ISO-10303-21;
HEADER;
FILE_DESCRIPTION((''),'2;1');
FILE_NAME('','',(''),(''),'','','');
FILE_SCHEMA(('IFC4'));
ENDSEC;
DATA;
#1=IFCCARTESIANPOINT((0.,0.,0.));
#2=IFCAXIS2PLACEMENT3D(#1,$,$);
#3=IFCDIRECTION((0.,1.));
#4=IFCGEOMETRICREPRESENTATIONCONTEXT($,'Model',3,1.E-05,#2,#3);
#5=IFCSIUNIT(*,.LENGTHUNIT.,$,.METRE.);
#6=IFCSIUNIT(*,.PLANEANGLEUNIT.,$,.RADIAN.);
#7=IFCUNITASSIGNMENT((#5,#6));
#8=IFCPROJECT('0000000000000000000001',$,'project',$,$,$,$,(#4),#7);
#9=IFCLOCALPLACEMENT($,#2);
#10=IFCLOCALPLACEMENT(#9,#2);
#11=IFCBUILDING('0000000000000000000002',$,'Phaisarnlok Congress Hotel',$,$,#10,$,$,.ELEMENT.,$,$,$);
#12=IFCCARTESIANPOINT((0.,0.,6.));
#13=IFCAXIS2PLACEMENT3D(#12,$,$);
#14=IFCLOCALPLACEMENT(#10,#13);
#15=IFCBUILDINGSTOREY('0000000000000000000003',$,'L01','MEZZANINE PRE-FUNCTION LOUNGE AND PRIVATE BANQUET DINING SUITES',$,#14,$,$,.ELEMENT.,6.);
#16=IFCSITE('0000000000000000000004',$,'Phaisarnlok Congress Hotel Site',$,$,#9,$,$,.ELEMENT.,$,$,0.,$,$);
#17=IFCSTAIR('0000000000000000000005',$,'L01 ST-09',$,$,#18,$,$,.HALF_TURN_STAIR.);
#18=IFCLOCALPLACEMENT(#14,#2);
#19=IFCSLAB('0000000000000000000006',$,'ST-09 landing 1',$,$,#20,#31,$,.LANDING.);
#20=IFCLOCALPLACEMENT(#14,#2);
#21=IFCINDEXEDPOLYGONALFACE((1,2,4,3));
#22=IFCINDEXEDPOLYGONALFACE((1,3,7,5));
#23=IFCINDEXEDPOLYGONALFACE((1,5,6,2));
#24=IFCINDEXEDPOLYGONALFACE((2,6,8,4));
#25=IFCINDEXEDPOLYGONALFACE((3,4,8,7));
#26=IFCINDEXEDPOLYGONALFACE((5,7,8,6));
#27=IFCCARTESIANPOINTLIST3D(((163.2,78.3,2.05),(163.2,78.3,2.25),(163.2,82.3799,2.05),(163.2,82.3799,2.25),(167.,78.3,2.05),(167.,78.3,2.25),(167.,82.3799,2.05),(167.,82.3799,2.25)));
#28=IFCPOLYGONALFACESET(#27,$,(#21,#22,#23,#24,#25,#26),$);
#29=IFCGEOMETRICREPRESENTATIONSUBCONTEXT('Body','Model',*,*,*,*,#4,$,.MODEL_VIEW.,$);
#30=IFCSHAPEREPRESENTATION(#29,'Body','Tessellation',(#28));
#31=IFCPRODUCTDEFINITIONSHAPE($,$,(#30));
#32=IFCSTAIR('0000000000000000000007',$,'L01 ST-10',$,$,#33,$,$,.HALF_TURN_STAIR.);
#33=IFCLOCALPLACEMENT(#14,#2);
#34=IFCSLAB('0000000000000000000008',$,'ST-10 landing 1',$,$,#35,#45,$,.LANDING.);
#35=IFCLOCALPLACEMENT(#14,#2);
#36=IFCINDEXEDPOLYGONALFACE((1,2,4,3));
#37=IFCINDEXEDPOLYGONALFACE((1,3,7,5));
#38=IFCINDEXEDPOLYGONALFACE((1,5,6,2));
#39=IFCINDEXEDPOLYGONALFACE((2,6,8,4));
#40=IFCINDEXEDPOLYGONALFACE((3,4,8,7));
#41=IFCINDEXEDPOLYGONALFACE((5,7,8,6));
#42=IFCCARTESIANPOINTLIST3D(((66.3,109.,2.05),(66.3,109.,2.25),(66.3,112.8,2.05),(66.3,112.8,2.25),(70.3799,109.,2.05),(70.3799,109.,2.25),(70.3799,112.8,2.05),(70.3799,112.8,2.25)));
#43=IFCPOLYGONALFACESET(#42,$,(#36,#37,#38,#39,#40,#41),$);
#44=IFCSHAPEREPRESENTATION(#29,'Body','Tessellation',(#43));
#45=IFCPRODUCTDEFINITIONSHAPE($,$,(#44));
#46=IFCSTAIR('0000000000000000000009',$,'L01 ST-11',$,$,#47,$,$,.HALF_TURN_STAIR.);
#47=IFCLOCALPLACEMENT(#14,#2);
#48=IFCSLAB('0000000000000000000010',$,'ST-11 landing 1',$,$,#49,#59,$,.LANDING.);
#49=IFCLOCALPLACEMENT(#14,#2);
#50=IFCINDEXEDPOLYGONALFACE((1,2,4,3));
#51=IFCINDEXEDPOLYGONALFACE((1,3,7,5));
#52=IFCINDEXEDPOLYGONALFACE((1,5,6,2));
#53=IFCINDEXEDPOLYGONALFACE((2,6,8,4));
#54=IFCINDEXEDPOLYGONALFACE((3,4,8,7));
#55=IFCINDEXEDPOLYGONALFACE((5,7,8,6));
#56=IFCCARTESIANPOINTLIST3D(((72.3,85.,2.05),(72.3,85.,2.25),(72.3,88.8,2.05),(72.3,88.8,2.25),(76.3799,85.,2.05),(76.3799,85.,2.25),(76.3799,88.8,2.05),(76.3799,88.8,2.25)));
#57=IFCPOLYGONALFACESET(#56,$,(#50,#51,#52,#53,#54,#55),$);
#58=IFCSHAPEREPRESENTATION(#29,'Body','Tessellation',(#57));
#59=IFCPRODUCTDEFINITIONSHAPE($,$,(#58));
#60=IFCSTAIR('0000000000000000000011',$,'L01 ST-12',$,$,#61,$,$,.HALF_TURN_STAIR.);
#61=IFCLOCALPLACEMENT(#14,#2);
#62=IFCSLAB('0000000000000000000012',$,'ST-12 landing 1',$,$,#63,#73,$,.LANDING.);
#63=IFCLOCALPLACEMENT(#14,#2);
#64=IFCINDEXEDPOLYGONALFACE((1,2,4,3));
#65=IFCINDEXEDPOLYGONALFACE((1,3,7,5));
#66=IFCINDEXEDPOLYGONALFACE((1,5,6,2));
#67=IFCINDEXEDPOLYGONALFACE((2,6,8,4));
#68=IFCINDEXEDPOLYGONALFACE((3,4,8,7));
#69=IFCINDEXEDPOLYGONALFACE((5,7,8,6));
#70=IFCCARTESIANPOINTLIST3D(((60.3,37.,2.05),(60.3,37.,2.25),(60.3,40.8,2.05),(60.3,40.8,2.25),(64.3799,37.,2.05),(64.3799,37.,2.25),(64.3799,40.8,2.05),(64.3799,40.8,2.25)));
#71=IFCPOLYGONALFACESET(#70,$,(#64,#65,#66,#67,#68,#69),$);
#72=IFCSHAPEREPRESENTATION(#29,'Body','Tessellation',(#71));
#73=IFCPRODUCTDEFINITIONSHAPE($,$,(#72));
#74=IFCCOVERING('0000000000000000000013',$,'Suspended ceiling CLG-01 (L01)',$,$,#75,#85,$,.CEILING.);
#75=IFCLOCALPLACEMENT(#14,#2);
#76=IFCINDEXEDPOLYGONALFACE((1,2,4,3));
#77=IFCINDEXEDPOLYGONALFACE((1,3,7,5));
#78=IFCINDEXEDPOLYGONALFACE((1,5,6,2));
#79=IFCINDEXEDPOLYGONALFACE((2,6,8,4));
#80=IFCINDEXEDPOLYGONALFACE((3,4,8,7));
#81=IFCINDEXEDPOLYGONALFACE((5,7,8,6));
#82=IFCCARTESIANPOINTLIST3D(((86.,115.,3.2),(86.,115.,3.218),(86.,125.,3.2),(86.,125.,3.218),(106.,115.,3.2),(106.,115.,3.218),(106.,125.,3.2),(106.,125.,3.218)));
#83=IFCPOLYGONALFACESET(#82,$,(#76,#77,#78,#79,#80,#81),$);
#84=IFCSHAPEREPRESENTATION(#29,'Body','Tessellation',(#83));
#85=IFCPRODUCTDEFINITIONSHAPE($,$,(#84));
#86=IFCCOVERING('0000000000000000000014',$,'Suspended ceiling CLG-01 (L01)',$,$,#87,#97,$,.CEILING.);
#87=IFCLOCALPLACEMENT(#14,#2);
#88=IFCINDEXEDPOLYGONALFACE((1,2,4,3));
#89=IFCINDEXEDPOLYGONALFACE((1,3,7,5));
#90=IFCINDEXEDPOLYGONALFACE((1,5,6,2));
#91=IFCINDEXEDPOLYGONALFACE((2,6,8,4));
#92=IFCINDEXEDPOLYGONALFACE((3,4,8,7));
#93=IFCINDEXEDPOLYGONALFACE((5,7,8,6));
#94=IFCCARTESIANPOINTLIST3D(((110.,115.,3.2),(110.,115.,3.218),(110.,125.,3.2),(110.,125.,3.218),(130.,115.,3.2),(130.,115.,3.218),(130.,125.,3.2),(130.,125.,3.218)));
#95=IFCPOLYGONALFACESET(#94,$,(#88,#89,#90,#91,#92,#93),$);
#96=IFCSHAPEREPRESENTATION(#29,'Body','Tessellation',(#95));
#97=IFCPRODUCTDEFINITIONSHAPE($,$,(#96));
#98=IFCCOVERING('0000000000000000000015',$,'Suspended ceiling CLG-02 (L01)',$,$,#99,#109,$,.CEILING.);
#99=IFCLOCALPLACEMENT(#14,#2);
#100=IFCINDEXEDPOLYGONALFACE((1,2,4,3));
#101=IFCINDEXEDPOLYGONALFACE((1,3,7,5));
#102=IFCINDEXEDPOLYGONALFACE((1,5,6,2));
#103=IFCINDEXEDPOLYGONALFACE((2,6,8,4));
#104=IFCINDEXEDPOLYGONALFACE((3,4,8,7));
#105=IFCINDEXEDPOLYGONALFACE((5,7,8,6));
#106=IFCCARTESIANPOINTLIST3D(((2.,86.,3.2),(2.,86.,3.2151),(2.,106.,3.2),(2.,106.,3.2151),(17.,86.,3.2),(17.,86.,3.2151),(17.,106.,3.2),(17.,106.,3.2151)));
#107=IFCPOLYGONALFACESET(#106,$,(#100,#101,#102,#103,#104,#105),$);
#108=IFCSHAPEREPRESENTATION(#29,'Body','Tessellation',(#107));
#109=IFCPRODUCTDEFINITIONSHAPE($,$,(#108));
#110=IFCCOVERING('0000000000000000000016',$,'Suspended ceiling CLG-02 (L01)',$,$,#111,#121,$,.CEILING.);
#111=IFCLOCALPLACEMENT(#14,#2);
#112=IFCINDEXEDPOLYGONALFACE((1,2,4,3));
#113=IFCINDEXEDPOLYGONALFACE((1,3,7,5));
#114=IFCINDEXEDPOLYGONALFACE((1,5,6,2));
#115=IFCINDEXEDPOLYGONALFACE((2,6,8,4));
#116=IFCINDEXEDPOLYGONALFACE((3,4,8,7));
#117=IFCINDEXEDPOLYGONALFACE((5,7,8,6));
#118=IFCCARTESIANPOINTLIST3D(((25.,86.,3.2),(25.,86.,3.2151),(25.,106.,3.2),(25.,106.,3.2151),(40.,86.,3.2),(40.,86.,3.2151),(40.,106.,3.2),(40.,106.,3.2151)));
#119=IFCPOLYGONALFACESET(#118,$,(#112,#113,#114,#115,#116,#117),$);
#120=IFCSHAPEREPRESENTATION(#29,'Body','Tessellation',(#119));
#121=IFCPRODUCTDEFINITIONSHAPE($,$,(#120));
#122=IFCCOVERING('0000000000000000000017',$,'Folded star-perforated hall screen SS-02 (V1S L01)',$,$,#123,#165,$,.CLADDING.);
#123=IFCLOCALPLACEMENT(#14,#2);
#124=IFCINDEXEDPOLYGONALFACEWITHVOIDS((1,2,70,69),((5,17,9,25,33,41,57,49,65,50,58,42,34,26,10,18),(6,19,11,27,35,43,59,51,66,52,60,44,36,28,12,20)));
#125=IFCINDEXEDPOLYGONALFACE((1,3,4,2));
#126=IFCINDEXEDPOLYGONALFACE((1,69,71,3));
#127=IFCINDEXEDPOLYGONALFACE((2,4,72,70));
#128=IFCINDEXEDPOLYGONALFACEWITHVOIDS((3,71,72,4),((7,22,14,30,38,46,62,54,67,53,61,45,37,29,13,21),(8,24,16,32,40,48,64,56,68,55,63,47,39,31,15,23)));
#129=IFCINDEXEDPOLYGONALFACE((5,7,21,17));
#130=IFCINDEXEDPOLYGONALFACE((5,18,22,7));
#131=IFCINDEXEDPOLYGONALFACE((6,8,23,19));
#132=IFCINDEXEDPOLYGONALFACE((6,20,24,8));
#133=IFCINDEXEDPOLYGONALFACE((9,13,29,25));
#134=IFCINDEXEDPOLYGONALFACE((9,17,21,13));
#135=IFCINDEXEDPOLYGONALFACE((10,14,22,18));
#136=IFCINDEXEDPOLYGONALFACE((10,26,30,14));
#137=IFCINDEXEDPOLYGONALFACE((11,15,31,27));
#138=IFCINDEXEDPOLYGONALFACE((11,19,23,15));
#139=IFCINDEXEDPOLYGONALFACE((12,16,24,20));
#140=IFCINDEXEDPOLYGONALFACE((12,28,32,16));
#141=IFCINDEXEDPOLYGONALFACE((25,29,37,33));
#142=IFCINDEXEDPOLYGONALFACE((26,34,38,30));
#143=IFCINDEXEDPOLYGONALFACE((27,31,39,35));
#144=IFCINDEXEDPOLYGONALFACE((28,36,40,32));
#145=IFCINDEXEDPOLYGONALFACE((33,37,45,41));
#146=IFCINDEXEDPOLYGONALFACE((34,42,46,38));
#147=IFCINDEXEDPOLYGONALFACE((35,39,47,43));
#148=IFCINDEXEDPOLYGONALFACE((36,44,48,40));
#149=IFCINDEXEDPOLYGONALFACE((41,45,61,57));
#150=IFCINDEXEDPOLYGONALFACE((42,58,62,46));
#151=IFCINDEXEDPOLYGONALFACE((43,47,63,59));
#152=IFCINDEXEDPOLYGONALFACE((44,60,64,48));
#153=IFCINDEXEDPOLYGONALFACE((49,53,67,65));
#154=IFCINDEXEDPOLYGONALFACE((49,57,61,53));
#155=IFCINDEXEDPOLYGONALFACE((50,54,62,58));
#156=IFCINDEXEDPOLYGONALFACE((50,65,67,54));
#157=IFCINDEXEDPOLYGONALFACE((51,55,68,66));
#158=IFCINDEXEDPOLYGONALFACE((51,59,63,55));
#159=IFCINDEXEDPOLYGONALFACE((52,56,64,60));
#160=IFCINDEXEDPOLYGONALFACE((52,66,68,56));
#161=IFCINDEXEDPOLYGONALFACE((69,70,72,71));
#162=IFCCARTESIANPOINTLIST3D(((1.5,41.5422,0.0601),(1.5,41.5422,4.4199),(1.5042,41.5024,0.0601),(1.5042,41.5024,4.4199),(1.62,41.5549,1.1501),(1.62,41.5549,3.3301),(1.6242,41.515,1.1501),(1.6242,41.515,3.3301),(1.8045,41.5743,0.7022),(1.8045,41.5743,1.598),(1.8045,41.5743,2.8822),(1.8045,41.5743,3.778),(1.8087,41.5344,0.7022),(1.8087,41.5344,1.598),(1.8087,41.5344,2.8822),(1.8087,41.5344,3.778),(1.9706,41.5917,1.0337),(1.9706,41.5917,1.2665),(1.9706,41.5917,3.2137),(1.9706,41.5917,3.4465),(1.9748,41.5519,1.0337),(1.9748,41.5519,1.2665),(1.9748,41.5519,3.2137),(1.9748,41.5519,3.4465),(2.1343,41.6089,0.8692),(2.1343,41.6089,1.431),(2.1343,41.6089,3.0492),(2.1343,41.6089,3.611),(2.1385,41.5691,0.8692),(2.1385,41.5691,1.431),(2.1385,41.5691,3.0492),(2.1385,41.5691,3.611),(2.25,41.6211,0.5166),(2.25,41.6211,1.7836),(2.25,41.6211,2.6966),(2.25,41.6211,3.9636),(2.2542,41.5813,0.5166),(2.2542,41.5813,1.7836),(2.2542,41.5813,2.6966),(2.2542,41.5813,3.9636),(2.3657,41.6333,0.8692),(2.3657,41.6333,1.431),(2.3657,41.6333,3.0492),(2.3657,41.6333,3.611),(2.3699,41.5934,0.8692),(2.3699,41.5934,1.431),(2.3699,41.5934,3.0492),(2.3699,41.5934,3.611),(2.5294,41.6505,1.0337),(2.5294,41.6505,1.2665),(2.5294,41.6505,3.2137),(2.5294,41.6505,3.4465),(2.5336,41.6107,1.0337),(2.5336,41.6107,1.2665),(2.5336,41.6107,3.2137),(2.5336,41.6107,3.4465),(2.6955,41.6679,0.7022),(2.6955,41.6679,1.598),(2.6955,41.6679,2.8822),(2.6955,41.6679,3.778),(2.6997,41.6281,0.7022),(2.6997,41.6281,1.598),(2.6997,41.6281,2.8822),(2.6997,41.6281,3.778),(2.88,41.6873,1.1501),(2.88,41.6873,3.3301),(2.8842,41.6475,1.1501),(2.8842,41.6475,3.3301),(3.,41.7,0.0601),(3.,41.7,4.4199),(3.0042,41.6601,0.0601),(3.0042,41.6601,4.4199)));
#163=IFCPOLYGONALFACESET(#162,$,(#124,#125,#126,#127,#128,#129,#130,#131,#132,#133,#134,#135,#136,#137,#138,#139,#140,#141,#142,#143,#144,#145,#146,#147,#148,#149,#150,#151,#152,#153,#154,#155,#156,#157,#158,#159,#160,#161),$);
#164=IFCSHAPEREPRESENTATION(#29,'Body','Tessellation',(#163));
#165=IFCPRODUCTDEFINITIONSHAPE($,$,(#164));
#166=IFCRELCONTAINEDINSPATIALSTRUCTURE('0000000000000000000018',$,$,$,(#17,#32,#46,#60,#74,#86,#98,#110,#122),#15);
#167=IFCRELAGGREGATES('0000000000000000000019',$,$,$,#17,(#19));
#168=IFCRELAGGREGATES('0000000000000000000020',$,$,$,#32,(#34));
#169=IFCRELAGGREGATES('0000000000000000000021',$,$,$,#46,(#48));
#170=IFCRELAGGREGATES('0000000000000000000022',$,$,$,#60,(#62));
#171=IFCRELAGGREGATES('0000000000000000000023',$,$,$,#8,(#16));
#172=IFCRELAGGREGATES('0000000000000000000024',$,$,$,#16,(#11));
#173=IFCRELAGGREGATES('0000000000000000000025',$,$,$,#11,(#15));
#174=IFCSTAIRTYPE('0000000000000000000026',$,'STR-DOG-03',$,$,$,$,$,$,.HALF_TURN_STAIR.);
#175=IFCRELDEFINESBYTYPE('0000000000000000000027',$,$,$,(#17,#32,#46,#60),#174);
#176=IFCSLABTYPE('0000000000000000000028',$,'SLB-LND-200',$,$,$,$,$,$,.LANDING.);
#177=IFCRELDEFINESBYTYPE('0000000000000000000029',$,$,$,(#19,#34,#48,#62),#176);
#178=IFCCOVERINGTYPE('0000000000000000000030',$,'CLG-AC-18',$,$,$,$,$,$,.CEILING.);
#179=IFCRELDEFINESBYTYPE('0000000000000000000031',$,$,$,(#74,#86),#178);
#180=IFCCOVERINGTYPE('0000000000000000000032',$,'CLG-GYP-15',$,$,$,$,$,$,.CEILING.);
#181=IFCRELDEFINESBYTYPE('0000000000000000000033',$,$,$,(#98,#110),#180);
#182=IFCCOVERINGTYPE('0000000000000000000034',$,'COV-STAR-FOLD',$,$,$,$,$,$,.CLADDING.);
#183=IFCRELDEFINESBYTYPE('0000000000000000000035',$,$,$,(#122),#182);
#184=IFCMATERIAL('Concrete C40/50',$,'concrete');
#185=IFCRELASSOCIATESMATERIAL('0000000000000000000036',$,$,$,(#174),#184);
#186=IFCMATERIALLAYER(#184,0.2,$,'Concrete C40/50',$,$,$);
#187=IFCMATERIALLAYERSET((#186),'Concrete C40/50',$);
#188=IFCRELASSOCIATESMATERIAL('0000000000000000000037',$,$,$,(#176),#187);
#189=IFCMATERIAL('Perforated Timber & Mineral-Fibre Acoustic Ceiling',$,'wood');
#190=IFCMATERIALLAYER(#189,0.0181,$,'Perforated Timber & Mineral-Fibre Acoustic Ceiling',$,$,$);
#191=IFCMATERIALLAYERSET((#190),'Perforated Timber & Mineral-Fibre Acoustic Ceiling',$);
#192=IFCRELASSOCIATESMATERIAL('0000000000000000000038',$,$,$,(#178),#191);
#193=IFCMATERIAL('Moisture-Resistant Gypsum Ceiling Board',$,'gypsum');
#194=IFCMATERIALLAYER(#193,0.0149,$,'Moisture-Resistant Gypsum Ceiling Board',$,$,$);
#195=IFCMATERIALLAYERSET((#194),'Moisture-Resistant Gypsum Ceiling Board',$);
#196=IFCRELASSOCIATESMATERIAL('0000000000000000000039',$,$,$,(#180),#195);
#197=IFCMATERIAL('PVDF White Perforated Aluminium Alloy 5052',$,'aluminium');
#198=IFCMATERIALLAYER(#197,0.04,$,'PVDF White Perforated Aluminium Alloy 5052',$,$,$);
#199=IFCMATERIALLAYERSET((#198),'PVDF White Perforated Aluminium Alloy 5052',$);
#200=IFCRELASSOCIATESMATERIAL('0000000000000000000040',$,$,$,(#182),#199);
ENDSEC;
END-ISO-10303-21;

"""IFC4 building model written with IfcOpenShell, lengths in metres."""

from ifc_helpers import new_model, si_unit, direction, frame, origin, place, context, subcontext, project, spatial, polyline, outline, extrude, material, layer, layer_set, type_object, element, aggregate, save


model = new_model("IFC4")

# Units and contexts
model_context = context("Model", 3, precision=1e-05, world=origin(), true_north=direction((0.0, 1.0)))
body_context = subcontext(model_context, "Body", "Model", "MODEL_VIEW")
ifc_project = project(units=[si_unit("LENGTHUNIT", "METRE"), si_unit("PLANEANGLEUNIT", "RADIAN")], contexts=[model_context])

# Site, building, storey
site_placement = place(None, origin())
site = spatial("IfcSite", under=ifc_project, at=site_placement, Name="Phaisarnlok Congress Hotel Site", CompositionType="ELEMENT", RefElevation=0.0)
building_placement = place(site_placement, origin())
building = spatial("IfcBuilding", under=site, at=building_placement, Name="Phaisarnlok Congress Hotel", CompositionType="ELEMENT")
storey_placement = place(building_placement, frame((0.0, 0.0, 6.0)))
storey = spatial("IfcBuildingStorey", under=building, at=storey_placement, Name="L01", Description="MEZZANINE PRE-FUNCTION LOUNGE AND PRIVATE BANQUET DINING SUITES", CompositionType="ELEMENT", Elevation=6.0)

# Stairs, slabs
ifc_material_1 = material(Name="Concrete C40/50", Category="concrete")
stair_type = type_object("IfcStairType", Name="STR-DOG-03", PredefinedType="HALF_TURN_STAIR", material=ifc_material_1)
ifc_layer_1 = layer(ifc_material_1, 0.2, Name="Concrete C40/50")
ifc_layer_set_1 = layer_set([ifc_layer_1], Name="Concrete C40/50")
slab_type = type_object("IfcSlabType", Name="SLB-LND-200", PredefinedType="LANDING", material=ifc_layer_set_1)
stair_1_placement = place(storey_placement, origin())
stair_1 = element("IfcStair", 1, at=stair_1_placement, inside=storey, type_object=stair_type, Name="L01 ST-09", PredefinedType="HALF_TURN_STAIR")
slab_1_placement = place(storey_placement, frame((0.0, 0.0, 2.05)))
slab_1 = element("IfcSlab", 2, at=slab_1_placement, type_object=slab_type, Name="ST-09 landing 1", PredefinedType="LANDING", context=body_context, shape_type="SweptSolid", body=[
    extrude(outline(polyline([(163.2, 82.3799), (163.2, 78.3), (167.0, 78.3), (167.0, 82.3799), (163.2, 82.3799)])), origin(), (0.0, 0.0, 1.0), 0.2),
])
aggregate(stair_1, [slab_1])
stair_2_placement = place(storey_placement, origin())
stair_2 = element("IfcStair", 3, at=stair_2_placement, inside=storey, type_object=stair_type, Name="L01 ST-10", PredefinedType="HALF_TURN_STAIR")
slab_2_placement = place(storey_placement, frame((0.0, 0.0, 2.05)))
slab_2 = element("IfcSlab", 4, at=slab_2_placement, type_object=slab_type, Name="ST-10 landing 1", PredefinedType="LANDING", context=body_context, shape_type="SweptSolid", body=[
    extrude(outline(polyline([(70.3799, 112.8), (66.3, 112.8), (66.3, 109.0), (70.3799, 109.0), (70.3799, 112.8)])), origin(), (0.0, 0.0, 1.0), 0.2),
])
aggregate(stair_2, [slab_2])
stair_3_placement = place(storey_placement, origin())
stair_3 = element("IfcStair", 5, at=stair_3_placement, inside=storey, type_object=stair_type, Name="L01 ST-11", PredefinedType="HALF_TURN_STAIR")
slab_3_placement = place(storey_placement, frame((0.0, 0.0, 2.05)))
slab_3 = element("IfcSlab", 6, at=slab_3_placement, type_object=slab_type, Name="ST-11 landing 1", PredefinedType="LANDING", context=body_context, shape_type="SweptSolid", body=[
    extrude(outline(polyline([(76.3799, 88.8), (72.3, 88.8), (72.3, 85.0), (76.3799, 85.0), (76.3799, 88.8)])), origin(), (0.0, 0.0, 1.0), 0.2),
])
aggregate(stair_3, [slab_3])
stair_4_placement = place(storey_placement, origin())
stair_4 = element("IfcStair", 7, at=stair_4_placement, inside=storey, type_object=stair_type, Name="L01 ST-12", PredefinedType="HALF_TURN_STAIR")
slab_4_placement = place(storey_placement, frame((0.0, 0.0, 2.05)))
slab_4 = element("IfcSlab", 8, at=slab_4_placement, type_object=slab_type, Name="ST-12 landing 1", PredefinedType="LANDING", context=body_context, shape_type="SweptSolid", body=[
    extrude(outline(polyline([(64.3799, 40.8), (60.3, 40.8), (60.3, 37.0), (64.3799, 37.0), (64.3799, 40.8)])), origin(), (0.0, 0.0, 1.0), 0.2),
])
aggregate(stair_4, [slab_4])

# Coverings
ifc_material_2 = material(Name="Perforated Timber & Mineral-Fibre Acoustic Ceiling", Category="wood")
ifc_layer_2 = layer(ifc_material_2, 0.0181, Name="Perforated Timber & Mineral-Fibre Acoustic Ceiling")
ifc_layer_set_2 = layer_set([ifc_layer_2], Name="Perforated Timber & Mineral-Fibre Acoustic Ceiling")
covering_type_1 = type_object("IfcCoveringType", Name="CLG-AC-18", PredefinedType="CEILING", material=ifc_layer_set_2)
covering_1_placement = place(storey_placement, frame((0.0, 0.0, 3.2)))
element("IfcCovering", 9, at=covering_1_placement, inside=storey, type_object=covering_type_1, Name="Suspended ceiling CLG-01 (L01)", PredefinedType="CEILING", context=body_context, shape_type="SweptSolid", body=[
    extrude(outline(polyline([(106.0, 125.0), (106.0, 115.0), (86.0, 115.0), (86.0, 125.0), (106.0, 125.0)])), origin(), (0.0, 0.0, 1.0), 0.0181),
])
covering_2_placement = place(storey_placement, frame((0.0, 0.0, 3.2)))
element("IfcCovering", 10, at=covering_2_placement, inside=storey, type_object=covering_type_1, Name="Suspended ceiling CLG-01 (L01)", PredefinedType="CEILING", context=body_context, shape_type="SweptSolid", body=[
    extrude(outline(polyline([(130.0, 125.0), (130.0, 115.0), (110.0, 115.0), (110.0, 125.0), (130.0, 125.0)])), origin(), (0.0, 0.0, 1.0), 0.0181),
])
ifc_material_3 = material(Name="Moisture-Resistant Gypsum Ceiling Board", Category="gypsum")
ifc_layer_3 = layer(ifc_material_3, 0.0149, Name="Moisture-Resistant Gypsum Ceiling Board")
ifc_layer_set_3 = layer_set([ifc_layer_3], Name="Moisture-Resistant Gypsum Ceiling Board")
covering_type_2 = type_object("IfcCoveringType", Name="CLG-GYP-15", PredefinedType="CEILING", material=ifc_layer_set_3)
covering_3_placement = place(storey_placement, frame((0.0, 0.0, 3.2)))
element("IfcCovering", 11, at=covering_3_placement, inside=storey, type_object=covering_type_2, Name="Suspended ceiling CLG-02 (L01)", PredefinedType="CEILING", context=body_context, shape_type="SweptSolid", body=[
    extrude(outline(polyline([(17.0, 106.0), (17.0, 86.0), (2.0, 86.0), (2.0, 106.0), (17.0, 106.0)])), origin(), (0.0, 0.0, 1.0), 0.0151),
])
covering_4_placement = place(storey_placement, frame((0.0, 0.0, 3.2)))
element("IfcCovering", 12, at=covering_4_placement, inside=storey, type_object=covering_type_2, Name="Suspended ceiling CLG-02 (L01)", PredefinedType="CEILING", context=body_context, shape_type="SweptSolid", body=[
    extrude(outline(polyline([(40.0, 106.0), (40.0, 86.0), (25.0, 86.0), (25.0, 106.0), (40.0, 106.0)])), origin(), (0.0, 0.0, 1.0), 0.0151),
])
ifc_material_4 = material(Name="PVDF White Perforated Aluminium Alloy 5052", Category="aluminium")
ifc_layer_4 = layer(ifc_material_4, 0.04, Name="PVDF White Perforated Aluminium Alloy 5052")
ifc_layer_set_4 = layer_set([ifc_layer_4], Name="PVDF White Perforated Aluminium Alloy 5052")
covering_type_3 = type_object("IfcCoveringType", Name="COV-STAR-FOLD", PredefinedType="CLADDING", material=ifc_layer_set_4)
for number, where, z_axis, x_axis, name in (
    (13, (1.5, 41.5422, 0.0601), (0.104567, -0.994518, 0.0), (0.994518, 0.104567, 0.0), "Folded star-perforated hall screen SS-02 (V1S L01)"),
):
    element("IfcCovering", number, at=place(storey_placement, frame(where, z_axis=z_axis, x_axis=x_axis)), inside=storey, type_object=covering_type_3, Name=name, PredefinedType="CLADDING", context=body_context, shape_type="SweptSolid", body=[
        extrude(outline(polyline([(0.0, 0.0), (1.5083, 0.0), (1.5083, 4.3599), (0.0, 4.3599), (0.0, 0.0)]), holes=[polyline([(1.0351, 0.9736), (1.2021, 0.6421), (0.8705, 0.8091), (0.7541, 0.4565), (0.6378, 0.8091), (0.3062, 0.6421), (0.4732, 0.9736), (0.1207, 1.09), (0.4732, 1.2064), (0.3062, 1.5379), (0.6378, 1.3709), (0.7541, 1.7235), (0.8705, 1.3709), (1.2021, 1.5379), (1.0351, 1.2064), (1.3876, 1.09), (1.0351, 0.9736)]), polyline([(1.0351, 3.1536), (1.2021, 2.8221), (0.8705, 2.9891), (0.7541, 2.6365), (0.6378, 2.9891), (0.3062, 2.8221), (0.4732, 3.1536), (0.1207, 3.27), (0.4732, 3.3864), (0.3062, 3.7179), (0.6378, 3.5509), (0.7541, 3.9035), (0.8705, 3.5509), (1.2021, 3.7179), (1.0351, 3.3864), (1.3876, 3.27), (1.0351, 3.1536)])]), origin(), (0.0, 0.0, 1.0), 0.04),
    ])

save(model, "model.ifc")
